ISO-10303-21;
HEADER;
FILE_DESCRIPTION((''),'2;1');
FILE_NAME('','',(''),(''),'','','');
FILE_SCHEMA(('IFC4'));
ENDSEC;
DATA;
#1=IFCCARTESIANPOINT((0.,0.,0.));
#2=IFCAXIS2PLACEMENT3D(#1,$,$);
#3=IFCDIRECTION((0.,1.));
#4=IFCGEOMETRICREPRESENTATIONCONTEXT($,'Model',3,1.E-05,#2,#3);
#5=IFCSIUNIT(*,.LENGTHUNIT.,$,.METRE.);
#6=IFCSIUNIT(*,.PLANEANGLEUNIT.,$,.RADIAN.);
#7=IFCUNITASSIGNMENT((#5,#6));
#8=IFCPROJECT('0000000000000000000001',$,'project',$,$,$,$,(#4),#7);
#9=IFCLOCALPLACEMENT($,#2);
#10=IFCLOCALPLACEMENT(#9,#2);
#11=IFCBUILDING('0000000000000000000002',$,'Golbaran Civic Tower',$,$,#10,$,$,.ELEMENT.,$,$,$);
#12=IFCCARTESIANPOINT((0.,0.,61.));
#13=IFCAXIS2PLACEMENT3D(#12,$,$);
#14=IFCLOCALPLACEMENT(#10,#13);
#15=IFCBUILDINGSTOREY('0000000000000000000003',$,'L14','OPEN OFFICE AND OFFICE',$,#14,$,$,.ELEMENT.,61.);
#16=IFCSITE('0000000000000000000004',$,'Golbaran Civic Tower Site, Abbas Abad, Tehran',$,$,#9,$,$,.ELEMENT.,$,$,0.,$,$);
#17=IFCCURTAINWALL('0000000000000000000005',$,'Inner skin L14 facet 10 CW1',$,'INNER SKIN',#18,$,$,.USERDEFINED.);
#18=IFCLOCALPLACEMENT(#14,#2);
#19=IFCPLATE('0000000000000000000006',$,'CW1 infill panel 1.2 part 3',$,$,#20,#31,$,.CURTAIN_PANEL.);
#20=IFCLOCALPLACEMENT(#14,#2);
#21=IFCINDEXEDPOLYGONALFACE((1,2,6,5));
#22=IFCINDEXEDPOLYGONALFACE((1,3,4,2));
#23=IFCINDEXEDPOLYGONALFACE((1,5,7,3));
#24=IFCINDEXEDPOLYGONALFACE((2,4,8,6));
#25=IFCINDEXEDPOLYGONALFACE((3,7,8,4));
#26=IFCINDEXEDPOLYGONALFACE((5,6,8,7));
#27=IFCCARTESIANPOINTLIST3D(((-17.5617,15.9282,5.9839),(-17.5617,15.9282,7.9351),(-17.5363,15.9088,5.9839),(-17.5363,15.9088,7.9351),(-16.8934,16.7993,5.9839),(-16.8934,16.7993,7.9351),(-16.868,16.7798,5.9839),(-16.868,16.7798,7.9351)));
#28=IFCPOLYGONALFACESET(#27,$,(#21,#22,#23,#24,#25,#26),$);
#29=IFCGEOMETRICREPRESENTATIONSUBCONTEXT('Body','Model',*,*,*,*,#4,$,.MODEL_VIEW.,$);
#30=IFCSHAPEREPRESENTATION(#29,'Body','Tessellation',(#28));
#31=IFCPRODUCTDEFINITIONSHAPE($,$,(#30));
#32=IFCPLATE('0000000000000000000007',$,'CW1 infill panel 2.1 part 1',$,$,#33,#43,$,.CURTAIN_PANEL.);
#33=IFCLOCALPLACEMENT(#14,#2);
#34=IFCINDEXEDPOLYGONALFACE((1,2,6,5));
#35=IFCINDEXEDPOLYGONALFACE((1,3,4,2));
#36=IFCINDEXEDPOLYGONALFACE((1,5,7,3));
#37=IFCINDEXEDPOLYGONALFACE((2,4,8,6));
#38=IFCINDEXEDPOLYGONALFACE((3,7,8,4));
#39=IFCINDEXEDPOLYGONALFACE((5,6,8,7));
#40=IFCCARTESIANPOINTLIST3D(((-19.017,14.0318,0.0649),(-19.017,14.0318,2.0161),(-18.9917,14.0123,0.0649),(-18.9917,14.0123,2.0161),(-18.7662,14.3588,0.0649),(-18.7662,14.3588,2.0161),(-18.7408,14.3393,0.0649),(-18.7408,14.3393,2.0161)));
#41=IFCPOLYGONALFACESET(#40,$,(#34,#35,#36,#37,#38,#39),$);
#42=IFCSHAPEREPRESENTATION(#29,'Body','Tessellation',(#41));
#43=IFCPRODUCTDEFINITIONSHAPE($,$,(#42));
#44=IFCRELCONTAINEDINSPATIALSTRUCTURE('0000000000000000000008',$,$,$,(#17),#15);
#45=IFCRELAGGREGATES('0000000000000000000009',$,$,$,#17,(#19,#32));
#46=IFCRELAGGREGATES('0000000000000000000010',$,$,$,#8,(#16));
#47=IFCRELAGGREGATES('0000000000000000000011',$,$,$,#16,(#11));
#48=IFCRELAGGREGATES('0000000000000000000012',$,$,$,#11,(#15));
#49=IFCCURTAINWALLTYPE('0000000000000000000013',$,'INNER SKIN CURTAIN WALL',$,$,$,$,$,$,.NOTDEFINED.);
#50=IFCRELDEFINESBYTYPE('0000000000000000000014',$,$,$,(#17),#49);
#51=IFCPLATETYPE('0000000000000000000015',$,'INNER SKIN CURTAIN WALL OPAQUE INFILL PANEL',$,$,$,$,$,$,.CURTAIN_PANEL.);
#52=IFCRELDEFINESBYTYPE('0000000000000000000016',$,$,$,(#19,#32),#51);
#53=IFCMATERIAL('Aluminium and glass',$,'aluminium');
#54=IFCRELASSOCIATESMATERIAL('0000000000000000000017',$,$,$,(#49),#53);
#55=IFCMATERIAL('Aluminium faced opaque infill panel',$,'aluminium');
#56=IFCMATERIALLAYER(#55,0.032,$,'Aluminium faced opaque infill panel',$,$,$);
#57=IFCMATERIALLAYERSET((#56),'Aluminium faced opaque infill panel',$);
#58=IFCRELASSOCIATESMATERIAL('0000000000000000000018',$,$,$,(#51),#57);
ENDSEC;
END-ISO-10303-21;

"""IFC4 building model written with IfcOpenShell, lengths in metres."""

from ifc_helpers import new_model, si_unit, direction, frame, origin, origin_2d, place, context, subcontext, project, spatial, rectangle, extrude, material, layer, layer_set, type_object, element, aggregate, save


model = new_model("IFC4")

# Units and contexts
model_context = context("Model", 3, precision=1e-05, world=origin(), true_north=direction((0.0, 1.0)))
body_context = subcontext(model_context, "Body", "Model", "MODEL_VIEW")
ifc_project = project(units=[si_unit("LENGTHUNIT", "METRE"), si_unit("PLANEANGLEUNIT", "RADIAN")], contexts=[model_context])

# Site, building, storey
site_placement = place(None, origin())
site = spatial("IfcSite", under=ifc_project, at=site_placement, Name="Golbaran Civic Tower Site, Abbas Abad, Tehran", CompositionType="ELEMENT", RefElevation=0.0)
building_placement = place(site_placement, origin())
building = spatial("IfcBuilding", under=site, at=building_placement, Name="Golbaran Civic Tower", CompositionType="ELEMENT")
storey_placement = place(building_placement, frame((0.0, 0.0, 61.0)))
storey = spatial("IfcBuildingStorey", under=building, at=storey_placement, Name="L14", Description="OPEN OFFICE AND OFFICE", CompositionType="ELEMENT", Elevation=61.0)

# Curtain wall
ifc_material_1 = material(Name="Aluminium and glass", Category="aluminium")
curtain_wall_type = type_object("IfcCurtainWallType", Name="INNER SKIN CURTAIN WALL", PredefinedType="NOTDEFINED", material=ifc_material_1)
curtain_wall_1_placement = place(storey_placement, origin())
curtain_wall_1 = element("IfcCurtainWall", 1, at=curtain_wall_1_placement, inside=storey, type_object=curtain_wall_type, Name="Inner skin L14 facet 10 CW1", ObjectType="INNER SKIN", PredefinedType="USERDEFINED")

# Plates
ifc_material_2 = material(Name="Aluminium faced opaque infill panel", Category="aluminium")
ifc_layer_1 = layer(ifc_material_2, 0.032, Name="Aluminium faced opaque infill panel")
ifc_layer_set_1 = layer_set([ifc_layer_1], Name="Aluminium faced opaque infill panel")
plate_type_1 = type_object("IfcPlateType", Name="INNER SKIN CURTAIN WALL OPAQUE INFILL PANEL", PredefinedType="CURTAIN_PANEL", material=ifc_layer_set_1)
plate_1_placement = place(storey_placement, frame((-17.2148, 16.354, 5.9839), z_axis=(0.0, 0.0, 1.0), x_axis=(-0.608761, -0.793353, 0.0)))
plate_1 = element("IfcPlate", 2, at=plate_1_placement, type_object=plate_type_1, Name="CW1 infill panel 1.2 part 3", PredefinedType="CURTAIN_PANEL", context=body_context, shape_type="SweptSolid", body=[
    extrude(rectangle(XDim=1.0979, YDim=0.032, at=origin_2d()), origin(), (0.0, 0.0, 1.0), 1.9512),
])
plate_2_placement = place(storey_placement, frame((-18.8789, 14.1855, 0.0649), z_axis=(0.0, 0.0, 1.0), x_axis=(-0.608761, -0.793353, 0.0)))
plate_2 = element("IfcPlate", 3, at=plate_2_placement, type_object=plate_type_1, Name="CW1 infill panel 2.1 part 1", PredefinedType="CURTAIN_PANEL", context=body_context, shape_type="SweptSolid", body=[
    extrude(rectangle(XDim=0.4121, YDim=0.032, at=origin_2d()), origin(), (0.0, 0.0, 1.0), 1.9512),
])
aggregate(curtain_wall_1, [plate_1, plate_2])

save(model, "model.ifc")
